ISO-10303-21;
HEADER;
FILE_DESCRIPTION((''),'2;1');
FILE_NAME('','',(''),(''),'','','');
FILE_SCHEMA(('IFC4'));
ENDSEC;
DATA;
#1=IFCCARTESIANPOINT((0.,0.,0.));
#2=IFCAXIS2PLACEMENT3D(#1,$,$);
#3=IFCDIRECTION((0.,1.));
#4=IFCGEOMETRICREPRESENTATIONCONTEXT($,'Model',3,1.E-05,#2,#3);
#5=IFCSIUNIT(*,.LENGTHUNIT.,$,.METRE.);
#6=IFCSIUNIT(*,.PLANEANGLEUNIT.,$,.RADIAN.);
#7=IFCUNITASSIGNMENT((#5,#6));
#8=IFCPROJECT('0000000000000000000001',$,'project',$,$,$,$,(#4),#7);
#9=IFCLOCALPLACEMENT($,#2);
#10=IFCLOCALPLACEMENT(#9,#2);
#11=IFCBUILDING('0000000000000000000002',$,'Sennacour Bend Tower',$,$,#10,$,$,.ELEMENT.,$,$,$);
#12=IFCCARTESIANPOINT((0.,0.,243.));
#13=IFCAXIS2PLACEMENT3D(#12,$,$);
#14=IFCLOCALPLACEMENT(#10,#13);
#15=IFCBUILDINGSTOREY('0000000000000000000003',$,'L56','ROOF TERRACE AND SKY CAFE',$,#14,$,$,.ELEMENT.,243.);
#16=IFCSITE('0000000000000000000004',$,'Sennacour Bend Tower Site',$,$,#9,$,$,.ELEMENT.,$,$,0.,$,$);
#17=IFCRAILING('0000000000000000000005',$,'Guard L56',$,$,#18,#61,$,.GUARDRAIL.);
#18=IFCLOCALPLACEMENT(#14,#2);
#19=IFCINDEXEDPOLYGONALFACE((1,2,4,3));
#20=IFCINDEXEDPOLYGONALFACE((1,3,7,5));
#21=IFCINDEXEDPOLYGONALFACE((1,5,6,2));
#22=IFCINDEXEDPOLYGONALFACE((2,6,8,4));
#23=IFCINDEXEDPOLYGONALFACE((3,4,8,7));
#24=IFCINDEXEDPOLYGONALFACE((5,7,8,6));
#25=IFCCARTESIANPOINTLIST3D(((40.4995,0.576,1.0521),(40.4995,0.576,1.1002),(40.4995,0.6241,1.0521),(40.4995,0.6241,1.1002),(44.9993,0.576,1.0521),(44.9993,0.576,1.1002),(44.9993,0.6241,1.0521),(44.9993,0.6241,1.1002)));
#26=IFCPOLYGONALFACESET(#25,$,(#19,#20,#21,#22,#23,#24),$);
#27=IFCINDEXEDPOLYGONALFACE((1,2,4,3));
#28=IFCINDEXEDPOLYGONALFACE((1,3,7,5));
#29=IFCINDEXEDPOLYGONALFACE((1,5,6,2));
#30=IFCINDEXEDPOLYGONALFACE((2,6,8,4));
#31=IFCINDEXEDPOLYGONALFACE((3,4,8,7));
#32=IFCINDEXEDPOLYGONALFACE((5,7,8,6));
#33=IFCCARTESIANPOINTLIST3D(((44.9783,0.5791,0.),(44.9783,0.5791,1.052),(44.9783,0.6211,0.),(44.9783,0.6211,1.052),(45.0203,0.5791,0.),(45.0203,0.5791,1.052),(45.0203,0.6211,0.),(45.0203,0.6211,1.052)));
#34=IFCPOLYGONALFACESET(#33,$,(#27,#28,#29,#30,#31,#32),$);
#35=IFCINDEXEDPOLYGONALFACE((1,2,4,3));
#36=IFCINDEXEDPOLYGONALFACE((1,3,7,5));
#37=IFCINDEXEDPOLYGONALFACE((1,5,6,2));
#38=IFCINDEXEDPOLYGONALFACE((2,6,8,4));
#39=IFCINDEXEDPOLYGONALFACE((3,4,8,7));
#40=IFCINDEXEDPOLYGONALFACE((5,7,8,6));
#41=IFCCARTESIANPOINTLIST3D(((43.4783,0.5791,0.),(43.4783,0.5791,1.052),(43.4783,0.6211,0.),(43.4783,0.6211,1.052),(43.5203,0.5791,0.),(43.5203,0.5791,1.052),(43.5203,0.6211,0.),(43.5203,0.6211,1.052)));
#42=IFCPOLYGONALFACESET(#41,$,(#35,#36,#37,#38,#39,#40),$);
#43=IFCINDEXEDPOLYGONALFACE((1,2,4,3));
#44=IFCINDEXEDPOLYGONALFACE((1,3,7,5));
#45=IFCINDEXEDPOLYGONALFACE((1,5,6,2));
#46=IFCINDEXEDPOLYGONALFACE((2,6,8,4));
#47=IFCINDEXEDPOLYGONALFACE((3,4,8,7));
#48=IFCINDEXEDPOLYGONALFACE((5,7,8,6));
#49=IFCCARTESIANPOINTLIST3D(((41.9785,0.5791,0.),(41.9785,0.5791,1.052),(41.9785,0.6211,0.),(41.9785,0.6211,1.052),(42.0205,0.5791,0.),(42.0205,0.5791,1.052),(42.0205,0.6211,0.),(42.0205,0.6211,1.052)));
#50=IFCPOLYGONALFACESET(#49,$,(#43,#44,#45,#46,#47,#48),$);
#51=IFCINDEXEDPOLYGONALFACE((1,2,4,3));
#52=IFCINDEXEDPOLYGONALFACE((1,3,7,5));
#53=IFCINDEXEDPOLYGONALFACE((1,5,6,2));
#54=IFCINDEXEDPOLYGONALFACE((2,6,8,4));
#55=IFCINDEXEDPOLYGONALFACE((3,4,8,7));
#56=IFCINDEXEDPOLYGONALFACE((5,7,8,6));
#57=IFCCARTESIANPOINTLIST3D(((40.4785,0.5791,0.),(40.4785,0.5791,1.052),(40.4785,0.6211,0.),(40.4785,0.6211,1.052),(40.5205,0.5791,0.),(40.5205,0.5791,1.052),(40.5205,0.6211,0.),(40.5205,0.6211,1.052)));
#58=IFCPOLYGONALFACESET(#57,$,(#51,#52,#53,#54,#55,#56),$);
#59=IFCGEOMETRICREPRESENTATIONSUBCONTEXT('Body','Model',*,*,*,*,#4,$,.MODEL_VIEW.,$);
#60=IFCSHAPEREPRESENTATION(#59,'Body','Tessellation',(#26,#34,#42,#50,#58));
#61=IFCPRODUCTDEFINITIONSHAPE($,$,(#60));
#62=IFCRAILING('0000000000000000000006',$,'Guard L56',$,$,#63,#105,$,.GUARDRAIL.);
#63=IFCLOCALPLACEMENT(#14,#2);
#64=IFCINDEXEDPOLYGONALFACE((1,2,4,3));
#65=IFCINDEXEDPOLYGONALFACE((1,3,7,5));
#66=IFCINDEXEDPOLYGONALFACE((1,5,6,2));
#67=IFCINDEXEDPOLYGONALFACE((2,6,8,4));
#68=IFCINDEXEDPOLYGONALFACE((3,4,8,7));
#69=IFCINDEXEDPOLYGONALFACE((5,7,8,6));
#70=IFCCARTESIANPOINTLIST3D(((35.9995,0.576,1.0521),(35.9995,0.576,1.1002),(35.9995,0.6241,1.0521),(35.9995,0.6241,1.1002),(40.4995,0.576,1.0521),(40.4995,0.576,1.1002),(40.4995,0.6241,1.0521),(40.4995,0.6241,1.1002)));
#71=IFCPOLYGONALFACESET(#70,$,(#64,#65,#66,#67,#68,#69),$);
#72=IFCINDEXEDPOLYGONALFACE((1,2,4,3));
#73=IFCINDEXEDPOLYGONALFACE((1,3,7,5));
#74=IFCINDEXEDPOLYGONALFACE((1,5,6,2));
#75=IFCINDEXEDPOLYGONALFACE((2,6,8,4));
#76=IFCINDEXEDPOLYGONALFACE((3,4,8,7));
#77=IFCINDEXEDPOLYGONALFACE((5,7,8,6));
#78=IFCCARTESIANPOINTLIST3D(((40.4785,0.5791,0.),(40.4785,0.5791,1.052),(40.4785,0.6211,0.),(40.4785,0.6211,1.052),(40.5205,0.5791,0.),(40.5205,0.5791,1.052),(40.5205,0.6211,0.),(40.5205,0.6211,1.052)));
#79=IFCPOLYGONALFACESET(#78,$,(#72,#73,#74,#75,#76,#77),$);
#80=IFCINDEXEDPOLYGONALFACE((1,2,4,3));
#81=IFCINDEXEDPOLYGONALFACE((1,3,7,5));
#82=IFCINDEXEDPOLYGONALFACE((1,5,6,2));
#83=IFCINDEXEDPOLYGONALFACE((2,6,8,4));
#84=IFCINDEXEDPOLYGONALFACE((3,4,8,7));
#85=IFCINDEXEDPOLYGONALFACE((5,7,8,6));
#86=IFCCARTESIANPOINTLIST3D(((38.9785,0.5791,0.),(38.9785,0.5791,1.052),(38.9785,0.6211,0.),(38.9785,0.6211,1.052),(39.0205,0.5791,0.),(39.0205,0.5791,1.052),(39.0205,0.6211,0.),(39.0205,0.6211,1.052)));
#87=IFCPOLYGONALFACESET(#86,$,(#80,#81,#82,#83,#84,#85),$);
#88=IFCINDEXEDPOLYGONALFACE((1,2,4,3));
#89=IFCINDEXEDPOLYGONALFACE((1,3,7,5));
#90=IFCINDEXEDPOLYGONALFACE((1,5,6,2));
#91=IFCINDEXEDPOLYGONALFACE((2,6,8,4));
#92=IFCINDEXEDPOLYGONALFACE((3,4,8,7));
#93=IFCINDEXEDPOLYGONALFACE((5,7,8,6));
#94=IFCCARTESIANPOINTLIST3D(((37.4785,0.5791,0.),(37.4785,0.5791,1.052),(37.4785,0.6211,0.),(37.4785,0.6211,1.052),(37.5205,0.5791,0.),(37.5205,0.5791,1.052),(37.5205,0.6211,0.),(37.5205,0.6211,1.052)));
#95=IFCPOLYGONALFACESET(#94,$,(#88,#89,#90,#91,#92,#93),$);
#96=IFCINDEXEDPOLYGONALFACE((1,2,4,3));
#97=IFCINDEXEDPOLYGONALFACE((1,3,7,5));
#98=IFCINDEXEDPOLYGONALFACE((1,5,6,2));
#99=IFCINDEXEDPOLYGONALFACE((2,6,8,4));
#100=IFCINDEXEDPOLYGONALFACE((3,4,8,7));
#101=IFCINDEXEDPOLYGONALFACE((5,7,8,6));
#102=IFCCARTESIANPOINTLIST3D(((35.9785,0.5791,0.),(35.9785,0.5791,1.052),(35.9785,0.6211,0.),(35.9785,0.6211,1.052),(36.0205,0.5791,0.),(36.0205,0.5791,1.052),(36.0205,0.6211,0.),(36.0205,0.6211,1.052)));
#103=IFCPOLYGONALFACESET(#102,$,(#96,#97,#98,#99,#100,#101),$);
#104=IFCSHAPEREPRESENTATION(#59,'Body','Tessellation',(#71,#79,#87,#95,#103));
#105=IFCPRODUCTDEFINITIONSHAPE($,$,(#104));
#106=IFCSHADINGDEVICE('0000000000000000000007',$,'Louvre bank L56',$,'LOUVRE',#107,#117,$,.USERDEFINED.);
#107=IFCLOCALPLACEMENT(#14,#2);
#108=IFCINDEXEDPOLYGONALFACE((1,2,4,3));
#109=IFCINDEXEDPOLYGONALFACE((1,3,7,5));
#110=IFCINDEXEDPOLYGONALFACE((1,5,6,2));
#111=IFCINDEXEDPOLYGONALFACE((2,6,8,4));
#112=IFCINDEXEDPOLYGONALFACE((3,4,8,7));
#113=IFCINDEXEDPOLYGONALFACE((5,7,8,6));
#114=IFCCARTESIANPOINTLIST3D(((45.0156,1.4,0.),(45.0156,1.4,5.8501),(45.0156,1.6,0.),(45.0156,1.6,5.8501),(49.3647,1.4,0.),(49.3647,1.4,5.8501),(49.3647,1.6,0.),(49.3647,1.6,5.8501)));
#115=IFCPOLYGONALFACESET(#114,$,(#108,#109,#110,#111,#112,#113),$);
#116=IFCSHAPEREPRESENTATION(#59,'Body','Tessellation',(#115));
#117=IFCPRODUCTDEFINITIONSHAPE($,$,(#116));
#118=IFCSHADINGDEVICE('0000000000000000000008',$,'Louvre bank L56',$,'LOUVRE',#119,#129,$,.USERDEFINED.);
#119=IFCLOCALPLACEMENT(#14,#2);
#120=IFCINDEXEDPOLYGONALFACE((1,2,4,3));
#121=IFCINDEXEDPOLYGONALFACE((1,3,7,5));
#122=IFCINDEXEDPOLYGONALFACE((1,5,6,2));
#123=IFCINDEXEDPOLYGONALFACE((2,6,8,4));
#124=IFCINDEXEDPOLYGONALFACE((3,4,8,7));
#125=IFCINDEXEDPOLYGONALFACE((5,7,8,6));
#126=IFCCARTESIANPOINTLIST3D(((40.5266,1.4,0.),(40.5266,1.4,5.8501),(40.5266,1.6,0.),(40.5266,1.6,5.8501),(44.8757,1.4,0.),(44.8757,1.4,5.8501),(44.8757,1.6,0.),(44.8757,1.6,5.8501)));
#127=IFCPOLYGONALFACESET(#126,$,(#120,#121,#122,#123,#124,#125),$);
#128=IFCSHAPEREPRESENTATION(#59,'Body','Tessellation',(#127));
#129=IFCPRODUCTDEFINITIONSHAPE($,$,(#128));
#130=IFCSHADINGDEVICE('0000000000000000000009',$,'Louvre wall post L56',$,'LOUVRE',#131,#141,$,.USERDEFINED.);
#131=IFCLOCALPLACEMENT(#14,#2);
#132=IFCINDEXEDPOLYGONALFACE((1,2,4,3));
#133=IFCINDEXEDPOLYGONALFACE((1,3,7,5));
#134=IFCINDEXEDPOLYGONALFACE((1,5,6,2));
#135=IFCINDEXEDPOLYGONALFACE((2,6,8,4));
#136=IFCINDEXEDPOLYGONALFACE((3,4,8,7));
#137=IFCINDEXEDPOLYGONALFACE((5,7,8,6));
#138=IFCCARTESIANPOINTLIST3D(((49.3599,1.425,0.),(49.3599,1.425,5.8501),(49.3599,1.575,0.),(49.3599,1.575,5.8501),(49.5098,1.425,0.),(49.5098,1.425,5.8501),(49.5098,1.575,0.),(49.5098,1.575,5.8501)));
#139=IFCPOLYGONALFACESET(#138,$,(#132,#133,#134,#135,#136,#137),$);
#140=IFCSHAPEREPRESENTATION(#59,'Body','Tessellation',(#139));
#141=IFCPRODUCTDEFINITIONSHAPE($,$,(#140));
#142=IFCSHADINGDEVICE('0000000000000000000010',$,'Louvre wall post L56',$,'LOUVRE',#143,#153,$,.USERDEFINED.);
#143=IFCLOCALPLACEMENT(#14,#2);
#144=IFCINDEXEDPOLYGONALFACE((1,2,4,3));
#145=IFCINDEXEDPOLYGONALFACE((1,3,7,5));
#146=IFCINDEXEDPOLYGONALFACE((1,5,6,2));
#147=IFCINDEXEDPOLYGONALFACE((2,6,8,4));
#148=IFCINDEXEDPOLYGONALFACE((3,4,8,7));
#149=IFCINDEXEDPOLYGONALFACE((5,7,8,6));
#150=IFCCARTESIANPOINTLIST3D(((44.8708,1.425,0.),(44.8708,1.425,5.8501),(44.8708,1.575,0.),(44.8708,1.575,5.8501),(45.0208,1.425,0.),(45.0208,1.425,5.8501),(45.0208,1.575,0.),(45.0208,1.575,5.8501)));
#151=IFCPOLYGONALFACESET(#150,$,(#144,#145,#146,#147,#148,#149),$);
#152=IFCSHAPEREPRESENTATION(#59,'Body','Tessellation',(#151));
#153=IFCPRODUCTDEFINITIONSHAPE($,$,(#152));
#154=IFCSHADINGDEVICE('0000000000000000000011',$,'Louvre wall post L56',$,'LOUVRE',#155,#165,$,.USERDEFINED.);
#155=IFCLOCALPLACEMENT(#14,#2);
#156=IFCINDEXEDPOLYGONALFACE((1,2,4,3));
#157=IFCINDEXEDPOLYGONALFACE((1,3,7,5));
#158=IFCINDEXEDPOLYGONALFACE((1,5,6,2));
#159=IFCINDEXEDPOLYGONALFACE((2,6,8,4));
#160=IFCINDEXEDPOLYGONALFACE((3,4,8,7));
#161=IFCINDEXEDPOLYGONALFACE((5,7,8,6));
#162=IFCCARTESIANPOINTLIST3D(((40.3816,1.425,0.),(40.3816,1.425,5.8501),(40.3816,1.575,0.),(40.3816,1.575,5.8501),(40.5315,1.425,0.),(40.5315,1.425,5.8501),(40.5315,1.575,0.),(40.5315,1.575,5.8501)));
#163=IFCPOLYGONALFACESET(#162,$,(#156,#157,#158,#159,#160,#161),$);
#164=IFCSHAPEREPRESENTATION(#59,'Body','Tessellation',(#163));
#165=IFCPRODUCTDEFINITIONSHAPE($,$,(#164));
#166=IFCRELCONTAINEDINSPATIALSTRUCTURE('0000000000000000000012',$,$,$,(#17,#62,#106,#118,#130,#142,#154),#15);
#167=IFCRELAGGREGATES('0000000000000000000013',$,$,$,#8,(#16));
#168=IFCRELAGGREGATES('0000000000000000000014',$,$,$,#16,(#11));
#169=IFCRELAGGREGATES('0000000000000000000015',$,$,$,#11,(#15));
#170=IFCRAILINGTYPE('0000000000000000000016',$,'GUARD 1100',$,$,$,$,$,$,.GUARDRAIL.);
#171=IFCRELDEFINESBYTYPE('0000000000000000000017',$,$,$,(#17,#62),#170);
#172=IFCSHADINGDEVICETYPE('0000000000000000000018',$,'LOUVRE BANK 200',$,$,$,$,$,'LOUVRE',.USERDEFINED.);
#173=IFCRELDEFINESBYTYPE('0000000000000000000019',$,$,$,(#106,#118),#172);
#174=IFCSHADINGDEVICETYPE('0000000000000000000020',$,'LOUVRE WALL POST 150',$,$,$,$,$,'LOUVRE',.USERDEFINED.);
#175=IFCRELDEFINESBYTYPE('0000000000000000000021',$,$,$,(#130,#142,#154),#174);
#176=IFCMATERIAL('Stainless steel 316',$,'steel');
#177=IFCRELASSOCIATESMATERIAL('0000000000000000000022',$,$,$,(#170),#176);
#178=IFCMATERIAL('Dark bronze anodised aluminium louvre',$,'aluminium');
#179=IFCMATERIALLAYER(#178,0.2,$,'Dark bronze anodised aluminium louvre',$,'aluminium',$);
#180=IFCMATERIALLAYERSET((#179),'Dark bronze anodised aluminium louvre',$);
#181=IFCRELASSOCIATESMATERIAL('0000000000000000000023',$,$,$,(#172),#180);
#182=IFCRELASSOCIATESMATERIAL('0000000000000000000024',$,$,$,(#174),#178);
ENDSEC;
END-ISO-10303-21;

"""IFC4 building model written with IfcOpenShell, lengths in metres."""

from ifc_helpers import new_model, si_unit, direction, frame, origin, origin_2d, place, context, subcontext, project, spatial, rectangle, extrude, material, layer, layer_set, type_object, element, save


model = new_model("IFC4")

# Units and contexts
model_context = context("Model", 3, precision=1e-05, world=origin(), true_north=direction((0.0, 1.0)))
body_context = subcontext(model_context, "Body", "Model", "MODEL_VIEW")
ifc_project = project(units=[si_unit("LENGTHUNIT", "METRE"), si_unit("PLANEANGLEUNIT", "RADIAN")], contexts=[model_context])

# Site, building, storey
site_placement = place(None, origin())
site = spatial("IfcSite", under=ifc_project, at=site_placement, Name="Sennacour Bend Tower Site", CompositionType="ELEMENT", RefElevation=0.0)
building_placement = place(site_placement, origin())
building = spatial("IfcBuilding", under=site, at=building_placement, Name="Sennacour Bend Tower", CompositionType="ELEMENT")
storey_placement = place(building_placement, frame((0.0, 0.0, 243.0)))
storey = spatial("IfcBuildingStorey", under=building, at=storey_placement, Name="L56", Description="ROOF TERRACE AND SKY CAFE", CompositionType="ELEMENT", Elevation=243.0)

# Railings
ifc_material_1 = material(Name="Stainless steel 316", Category="steel")
railing_type = type_object("IfcRailingType", Name="GUARD 1100", PredefinedType="GUARDRAIL", material=ifc_material_1)
for number, where, name in (
    (1, (44.9993, 0.6001, 0.0), "Guard L56"),
):
    element("IfcRailing", number, at=place(storey_placement, frame(where)), inside=storey, type_object=railing_type, Name=name, PredefinedType="GUARDRAIL", context=body_context, shape_type="SweptSolid", body=[
        extrude(rectangle(XDim=0.0481, YDim=0.0481, at=origin_2d()), frame((0.0, 0.0, 1.0762), z_axis=(-1.0, 0.0, 0.0), x_axis=(0.0, -1.0, 0.0)), (0.0, 0.0, 1.0), 4.4998),
        extrude(rectangle(XDim=0.042, YDim=0.042, at=origin_2d()), origin(), (0.0, 0.0, 1.0), 1.052),
        extrude(rectangle(XDim=0.042, YDim=0.042, at=origin_2d()), frame((-1.5, 0.0, 0.0)), (0.0, 0.0, 1.0), 1.052),
        extrude(rectangle(XDim=0.042, YDim=0.042, at=origin_2d()), frame((-2.9998, 0.0, 0.0)), (0.0, 0.0, 1.0), 1.052),
        extrude(rectangle(XDim=0.042, YDim=0.042, at=origin_2d()), frame((-4.4998, 0.0, 0.0)), (0.0, 0.0, 1.0), 1.052),
    ])
railing_placement = place(storey_placement, frame((40.4995, 0.6001, 0.0)))
element("IfcRailing", 2, at=railing_placement, inside=storey, type_object=railing_type, Name="Guard L56", PredefinedType="GUARDRAIL", context=body_context, shape_type="SweptSolid", body=[
    extrude(rectangle(XDim=0.0481, YDim=0.0481, at=origin_2d()), frame((0.0, 0.0, 1.0762), z_axis=(-1.0, 0.0, 0.0), x_axis=(0.0, -1.0, 0.0)), (0.0, 0.0, 1.0), 4.5),
    extrude(rectangle(XDim=0.042, YDim=0.042, at=origin_2d()), origin(), (0.0, 0.0, 1.0), 1.052),
    extrude(rectangle(XDim=0.042, YDim=0.042, at=origin_2d()), frame((-1.5, 0.0, 0.0)), (0.0, 0.0, 1.0), 1.052),
    extrude(rectangle(XDim=0.042, YDim=0.042, at=origin_2d()), frame((-3.0, 0.0, 0.0)), (0.0, 0.0, 1.0), 1.052),
    extrude(rectangle(XDim=0.042, YDim=0.042, at=origin_2d()), frame((-4.5, 0.0, 0.0)), (0.0, 0.0, 1.0), 1.052),
])

# Shading devices
ifc_material_2 = material(Name="Dark bronze anodised aluminium louvre", Category="aluminium")
ifc_layer_1 = layer(ifc_material_2, 0.2, Name="Dark bronze anodised aluminium louvre", Category="aluminium")
ifc_layer_set_1 = layer_set([ifc_layer_1], Name="Dark bronze anodised aluminium louvre")
shading_device_type_1 = type_object("IfcShadingDeviceType", Name="LOUVRE BANK 200", ElementType="LOUVRE", PredefinedType="USERDEFINED", material=ifc_layer_set_1)
for number, where, z_axis, x_axis, name in (
    (3, (47.1902, 1.5, 0.0), (0.0, 0.0, 1.0), (-1.0, 0.0, 0.0), "Louvre bank L56"),
    (4, (42.7012, 1.5, 0.0), (0.0, 0.0, 1.0), (-1.0, 0.0, 0.0), "Louvre bank L56"),
):
    element("IfcShadingDevice", number, at=place(storey_placement, frame(where, z_axis=z_axis, x_axis=x_axis)), inside=storey, type_object=shading_device_type_1, Name=name, ObjectType="LOUVRE", PredefinedType="USERDEFINED", context=body_context, shape_type="SweptSolid", body=[
        extrude(rectangle(XDim=4.3491, YDim=0.2, at=origin_2d()), origin(), (0.0, 0.0, 1.0), 5.8501),
    ])
shading_device_type_2 = type_object("IfcShadingDeviceType", Name="LOUVRE WALL POST 150", ElementType="LOUVRE", PredefinedType="USERDEFINED", material=ifc_material_2)
for number, where, z_axis, x_axis, name in (
    (5, (49.4348, 1.5, 0.0), (0.0, 0.0, 1.0), (1.0, 0.0, 0.0), "Louvre wall post L56"),
    (6, (44.9458, 1.5, 0.0), (0.0, 0.0, 1.0), (1.0, 0.0, 0.0), "Louvre wall post L56"),
    (7, (40.4565, 1.5, 0.0), (0.0, 0.0, 1.0), (1.0, 0.0, 0.0), "Louvre wall post L56"),
):
    element("IfcShadingDevice", number, at=place(storey_placement, frame(where, z_axis=z_axis, x_axis=x_axis)), inside=storey, type_object=shading_device_type_2, Name=name, ObjectType="LOUVRE", PredefinedType="USERDEFINED", context=body_context, shape_type="SweptSolid", body=[
        extrude(rectangle(XDim=0.1499, YDim=0.1499, at=origin_2d()), origin(), (0.0, 0.0, 1.0), 5.8501),
    ])

save(model, "model.ifc")
